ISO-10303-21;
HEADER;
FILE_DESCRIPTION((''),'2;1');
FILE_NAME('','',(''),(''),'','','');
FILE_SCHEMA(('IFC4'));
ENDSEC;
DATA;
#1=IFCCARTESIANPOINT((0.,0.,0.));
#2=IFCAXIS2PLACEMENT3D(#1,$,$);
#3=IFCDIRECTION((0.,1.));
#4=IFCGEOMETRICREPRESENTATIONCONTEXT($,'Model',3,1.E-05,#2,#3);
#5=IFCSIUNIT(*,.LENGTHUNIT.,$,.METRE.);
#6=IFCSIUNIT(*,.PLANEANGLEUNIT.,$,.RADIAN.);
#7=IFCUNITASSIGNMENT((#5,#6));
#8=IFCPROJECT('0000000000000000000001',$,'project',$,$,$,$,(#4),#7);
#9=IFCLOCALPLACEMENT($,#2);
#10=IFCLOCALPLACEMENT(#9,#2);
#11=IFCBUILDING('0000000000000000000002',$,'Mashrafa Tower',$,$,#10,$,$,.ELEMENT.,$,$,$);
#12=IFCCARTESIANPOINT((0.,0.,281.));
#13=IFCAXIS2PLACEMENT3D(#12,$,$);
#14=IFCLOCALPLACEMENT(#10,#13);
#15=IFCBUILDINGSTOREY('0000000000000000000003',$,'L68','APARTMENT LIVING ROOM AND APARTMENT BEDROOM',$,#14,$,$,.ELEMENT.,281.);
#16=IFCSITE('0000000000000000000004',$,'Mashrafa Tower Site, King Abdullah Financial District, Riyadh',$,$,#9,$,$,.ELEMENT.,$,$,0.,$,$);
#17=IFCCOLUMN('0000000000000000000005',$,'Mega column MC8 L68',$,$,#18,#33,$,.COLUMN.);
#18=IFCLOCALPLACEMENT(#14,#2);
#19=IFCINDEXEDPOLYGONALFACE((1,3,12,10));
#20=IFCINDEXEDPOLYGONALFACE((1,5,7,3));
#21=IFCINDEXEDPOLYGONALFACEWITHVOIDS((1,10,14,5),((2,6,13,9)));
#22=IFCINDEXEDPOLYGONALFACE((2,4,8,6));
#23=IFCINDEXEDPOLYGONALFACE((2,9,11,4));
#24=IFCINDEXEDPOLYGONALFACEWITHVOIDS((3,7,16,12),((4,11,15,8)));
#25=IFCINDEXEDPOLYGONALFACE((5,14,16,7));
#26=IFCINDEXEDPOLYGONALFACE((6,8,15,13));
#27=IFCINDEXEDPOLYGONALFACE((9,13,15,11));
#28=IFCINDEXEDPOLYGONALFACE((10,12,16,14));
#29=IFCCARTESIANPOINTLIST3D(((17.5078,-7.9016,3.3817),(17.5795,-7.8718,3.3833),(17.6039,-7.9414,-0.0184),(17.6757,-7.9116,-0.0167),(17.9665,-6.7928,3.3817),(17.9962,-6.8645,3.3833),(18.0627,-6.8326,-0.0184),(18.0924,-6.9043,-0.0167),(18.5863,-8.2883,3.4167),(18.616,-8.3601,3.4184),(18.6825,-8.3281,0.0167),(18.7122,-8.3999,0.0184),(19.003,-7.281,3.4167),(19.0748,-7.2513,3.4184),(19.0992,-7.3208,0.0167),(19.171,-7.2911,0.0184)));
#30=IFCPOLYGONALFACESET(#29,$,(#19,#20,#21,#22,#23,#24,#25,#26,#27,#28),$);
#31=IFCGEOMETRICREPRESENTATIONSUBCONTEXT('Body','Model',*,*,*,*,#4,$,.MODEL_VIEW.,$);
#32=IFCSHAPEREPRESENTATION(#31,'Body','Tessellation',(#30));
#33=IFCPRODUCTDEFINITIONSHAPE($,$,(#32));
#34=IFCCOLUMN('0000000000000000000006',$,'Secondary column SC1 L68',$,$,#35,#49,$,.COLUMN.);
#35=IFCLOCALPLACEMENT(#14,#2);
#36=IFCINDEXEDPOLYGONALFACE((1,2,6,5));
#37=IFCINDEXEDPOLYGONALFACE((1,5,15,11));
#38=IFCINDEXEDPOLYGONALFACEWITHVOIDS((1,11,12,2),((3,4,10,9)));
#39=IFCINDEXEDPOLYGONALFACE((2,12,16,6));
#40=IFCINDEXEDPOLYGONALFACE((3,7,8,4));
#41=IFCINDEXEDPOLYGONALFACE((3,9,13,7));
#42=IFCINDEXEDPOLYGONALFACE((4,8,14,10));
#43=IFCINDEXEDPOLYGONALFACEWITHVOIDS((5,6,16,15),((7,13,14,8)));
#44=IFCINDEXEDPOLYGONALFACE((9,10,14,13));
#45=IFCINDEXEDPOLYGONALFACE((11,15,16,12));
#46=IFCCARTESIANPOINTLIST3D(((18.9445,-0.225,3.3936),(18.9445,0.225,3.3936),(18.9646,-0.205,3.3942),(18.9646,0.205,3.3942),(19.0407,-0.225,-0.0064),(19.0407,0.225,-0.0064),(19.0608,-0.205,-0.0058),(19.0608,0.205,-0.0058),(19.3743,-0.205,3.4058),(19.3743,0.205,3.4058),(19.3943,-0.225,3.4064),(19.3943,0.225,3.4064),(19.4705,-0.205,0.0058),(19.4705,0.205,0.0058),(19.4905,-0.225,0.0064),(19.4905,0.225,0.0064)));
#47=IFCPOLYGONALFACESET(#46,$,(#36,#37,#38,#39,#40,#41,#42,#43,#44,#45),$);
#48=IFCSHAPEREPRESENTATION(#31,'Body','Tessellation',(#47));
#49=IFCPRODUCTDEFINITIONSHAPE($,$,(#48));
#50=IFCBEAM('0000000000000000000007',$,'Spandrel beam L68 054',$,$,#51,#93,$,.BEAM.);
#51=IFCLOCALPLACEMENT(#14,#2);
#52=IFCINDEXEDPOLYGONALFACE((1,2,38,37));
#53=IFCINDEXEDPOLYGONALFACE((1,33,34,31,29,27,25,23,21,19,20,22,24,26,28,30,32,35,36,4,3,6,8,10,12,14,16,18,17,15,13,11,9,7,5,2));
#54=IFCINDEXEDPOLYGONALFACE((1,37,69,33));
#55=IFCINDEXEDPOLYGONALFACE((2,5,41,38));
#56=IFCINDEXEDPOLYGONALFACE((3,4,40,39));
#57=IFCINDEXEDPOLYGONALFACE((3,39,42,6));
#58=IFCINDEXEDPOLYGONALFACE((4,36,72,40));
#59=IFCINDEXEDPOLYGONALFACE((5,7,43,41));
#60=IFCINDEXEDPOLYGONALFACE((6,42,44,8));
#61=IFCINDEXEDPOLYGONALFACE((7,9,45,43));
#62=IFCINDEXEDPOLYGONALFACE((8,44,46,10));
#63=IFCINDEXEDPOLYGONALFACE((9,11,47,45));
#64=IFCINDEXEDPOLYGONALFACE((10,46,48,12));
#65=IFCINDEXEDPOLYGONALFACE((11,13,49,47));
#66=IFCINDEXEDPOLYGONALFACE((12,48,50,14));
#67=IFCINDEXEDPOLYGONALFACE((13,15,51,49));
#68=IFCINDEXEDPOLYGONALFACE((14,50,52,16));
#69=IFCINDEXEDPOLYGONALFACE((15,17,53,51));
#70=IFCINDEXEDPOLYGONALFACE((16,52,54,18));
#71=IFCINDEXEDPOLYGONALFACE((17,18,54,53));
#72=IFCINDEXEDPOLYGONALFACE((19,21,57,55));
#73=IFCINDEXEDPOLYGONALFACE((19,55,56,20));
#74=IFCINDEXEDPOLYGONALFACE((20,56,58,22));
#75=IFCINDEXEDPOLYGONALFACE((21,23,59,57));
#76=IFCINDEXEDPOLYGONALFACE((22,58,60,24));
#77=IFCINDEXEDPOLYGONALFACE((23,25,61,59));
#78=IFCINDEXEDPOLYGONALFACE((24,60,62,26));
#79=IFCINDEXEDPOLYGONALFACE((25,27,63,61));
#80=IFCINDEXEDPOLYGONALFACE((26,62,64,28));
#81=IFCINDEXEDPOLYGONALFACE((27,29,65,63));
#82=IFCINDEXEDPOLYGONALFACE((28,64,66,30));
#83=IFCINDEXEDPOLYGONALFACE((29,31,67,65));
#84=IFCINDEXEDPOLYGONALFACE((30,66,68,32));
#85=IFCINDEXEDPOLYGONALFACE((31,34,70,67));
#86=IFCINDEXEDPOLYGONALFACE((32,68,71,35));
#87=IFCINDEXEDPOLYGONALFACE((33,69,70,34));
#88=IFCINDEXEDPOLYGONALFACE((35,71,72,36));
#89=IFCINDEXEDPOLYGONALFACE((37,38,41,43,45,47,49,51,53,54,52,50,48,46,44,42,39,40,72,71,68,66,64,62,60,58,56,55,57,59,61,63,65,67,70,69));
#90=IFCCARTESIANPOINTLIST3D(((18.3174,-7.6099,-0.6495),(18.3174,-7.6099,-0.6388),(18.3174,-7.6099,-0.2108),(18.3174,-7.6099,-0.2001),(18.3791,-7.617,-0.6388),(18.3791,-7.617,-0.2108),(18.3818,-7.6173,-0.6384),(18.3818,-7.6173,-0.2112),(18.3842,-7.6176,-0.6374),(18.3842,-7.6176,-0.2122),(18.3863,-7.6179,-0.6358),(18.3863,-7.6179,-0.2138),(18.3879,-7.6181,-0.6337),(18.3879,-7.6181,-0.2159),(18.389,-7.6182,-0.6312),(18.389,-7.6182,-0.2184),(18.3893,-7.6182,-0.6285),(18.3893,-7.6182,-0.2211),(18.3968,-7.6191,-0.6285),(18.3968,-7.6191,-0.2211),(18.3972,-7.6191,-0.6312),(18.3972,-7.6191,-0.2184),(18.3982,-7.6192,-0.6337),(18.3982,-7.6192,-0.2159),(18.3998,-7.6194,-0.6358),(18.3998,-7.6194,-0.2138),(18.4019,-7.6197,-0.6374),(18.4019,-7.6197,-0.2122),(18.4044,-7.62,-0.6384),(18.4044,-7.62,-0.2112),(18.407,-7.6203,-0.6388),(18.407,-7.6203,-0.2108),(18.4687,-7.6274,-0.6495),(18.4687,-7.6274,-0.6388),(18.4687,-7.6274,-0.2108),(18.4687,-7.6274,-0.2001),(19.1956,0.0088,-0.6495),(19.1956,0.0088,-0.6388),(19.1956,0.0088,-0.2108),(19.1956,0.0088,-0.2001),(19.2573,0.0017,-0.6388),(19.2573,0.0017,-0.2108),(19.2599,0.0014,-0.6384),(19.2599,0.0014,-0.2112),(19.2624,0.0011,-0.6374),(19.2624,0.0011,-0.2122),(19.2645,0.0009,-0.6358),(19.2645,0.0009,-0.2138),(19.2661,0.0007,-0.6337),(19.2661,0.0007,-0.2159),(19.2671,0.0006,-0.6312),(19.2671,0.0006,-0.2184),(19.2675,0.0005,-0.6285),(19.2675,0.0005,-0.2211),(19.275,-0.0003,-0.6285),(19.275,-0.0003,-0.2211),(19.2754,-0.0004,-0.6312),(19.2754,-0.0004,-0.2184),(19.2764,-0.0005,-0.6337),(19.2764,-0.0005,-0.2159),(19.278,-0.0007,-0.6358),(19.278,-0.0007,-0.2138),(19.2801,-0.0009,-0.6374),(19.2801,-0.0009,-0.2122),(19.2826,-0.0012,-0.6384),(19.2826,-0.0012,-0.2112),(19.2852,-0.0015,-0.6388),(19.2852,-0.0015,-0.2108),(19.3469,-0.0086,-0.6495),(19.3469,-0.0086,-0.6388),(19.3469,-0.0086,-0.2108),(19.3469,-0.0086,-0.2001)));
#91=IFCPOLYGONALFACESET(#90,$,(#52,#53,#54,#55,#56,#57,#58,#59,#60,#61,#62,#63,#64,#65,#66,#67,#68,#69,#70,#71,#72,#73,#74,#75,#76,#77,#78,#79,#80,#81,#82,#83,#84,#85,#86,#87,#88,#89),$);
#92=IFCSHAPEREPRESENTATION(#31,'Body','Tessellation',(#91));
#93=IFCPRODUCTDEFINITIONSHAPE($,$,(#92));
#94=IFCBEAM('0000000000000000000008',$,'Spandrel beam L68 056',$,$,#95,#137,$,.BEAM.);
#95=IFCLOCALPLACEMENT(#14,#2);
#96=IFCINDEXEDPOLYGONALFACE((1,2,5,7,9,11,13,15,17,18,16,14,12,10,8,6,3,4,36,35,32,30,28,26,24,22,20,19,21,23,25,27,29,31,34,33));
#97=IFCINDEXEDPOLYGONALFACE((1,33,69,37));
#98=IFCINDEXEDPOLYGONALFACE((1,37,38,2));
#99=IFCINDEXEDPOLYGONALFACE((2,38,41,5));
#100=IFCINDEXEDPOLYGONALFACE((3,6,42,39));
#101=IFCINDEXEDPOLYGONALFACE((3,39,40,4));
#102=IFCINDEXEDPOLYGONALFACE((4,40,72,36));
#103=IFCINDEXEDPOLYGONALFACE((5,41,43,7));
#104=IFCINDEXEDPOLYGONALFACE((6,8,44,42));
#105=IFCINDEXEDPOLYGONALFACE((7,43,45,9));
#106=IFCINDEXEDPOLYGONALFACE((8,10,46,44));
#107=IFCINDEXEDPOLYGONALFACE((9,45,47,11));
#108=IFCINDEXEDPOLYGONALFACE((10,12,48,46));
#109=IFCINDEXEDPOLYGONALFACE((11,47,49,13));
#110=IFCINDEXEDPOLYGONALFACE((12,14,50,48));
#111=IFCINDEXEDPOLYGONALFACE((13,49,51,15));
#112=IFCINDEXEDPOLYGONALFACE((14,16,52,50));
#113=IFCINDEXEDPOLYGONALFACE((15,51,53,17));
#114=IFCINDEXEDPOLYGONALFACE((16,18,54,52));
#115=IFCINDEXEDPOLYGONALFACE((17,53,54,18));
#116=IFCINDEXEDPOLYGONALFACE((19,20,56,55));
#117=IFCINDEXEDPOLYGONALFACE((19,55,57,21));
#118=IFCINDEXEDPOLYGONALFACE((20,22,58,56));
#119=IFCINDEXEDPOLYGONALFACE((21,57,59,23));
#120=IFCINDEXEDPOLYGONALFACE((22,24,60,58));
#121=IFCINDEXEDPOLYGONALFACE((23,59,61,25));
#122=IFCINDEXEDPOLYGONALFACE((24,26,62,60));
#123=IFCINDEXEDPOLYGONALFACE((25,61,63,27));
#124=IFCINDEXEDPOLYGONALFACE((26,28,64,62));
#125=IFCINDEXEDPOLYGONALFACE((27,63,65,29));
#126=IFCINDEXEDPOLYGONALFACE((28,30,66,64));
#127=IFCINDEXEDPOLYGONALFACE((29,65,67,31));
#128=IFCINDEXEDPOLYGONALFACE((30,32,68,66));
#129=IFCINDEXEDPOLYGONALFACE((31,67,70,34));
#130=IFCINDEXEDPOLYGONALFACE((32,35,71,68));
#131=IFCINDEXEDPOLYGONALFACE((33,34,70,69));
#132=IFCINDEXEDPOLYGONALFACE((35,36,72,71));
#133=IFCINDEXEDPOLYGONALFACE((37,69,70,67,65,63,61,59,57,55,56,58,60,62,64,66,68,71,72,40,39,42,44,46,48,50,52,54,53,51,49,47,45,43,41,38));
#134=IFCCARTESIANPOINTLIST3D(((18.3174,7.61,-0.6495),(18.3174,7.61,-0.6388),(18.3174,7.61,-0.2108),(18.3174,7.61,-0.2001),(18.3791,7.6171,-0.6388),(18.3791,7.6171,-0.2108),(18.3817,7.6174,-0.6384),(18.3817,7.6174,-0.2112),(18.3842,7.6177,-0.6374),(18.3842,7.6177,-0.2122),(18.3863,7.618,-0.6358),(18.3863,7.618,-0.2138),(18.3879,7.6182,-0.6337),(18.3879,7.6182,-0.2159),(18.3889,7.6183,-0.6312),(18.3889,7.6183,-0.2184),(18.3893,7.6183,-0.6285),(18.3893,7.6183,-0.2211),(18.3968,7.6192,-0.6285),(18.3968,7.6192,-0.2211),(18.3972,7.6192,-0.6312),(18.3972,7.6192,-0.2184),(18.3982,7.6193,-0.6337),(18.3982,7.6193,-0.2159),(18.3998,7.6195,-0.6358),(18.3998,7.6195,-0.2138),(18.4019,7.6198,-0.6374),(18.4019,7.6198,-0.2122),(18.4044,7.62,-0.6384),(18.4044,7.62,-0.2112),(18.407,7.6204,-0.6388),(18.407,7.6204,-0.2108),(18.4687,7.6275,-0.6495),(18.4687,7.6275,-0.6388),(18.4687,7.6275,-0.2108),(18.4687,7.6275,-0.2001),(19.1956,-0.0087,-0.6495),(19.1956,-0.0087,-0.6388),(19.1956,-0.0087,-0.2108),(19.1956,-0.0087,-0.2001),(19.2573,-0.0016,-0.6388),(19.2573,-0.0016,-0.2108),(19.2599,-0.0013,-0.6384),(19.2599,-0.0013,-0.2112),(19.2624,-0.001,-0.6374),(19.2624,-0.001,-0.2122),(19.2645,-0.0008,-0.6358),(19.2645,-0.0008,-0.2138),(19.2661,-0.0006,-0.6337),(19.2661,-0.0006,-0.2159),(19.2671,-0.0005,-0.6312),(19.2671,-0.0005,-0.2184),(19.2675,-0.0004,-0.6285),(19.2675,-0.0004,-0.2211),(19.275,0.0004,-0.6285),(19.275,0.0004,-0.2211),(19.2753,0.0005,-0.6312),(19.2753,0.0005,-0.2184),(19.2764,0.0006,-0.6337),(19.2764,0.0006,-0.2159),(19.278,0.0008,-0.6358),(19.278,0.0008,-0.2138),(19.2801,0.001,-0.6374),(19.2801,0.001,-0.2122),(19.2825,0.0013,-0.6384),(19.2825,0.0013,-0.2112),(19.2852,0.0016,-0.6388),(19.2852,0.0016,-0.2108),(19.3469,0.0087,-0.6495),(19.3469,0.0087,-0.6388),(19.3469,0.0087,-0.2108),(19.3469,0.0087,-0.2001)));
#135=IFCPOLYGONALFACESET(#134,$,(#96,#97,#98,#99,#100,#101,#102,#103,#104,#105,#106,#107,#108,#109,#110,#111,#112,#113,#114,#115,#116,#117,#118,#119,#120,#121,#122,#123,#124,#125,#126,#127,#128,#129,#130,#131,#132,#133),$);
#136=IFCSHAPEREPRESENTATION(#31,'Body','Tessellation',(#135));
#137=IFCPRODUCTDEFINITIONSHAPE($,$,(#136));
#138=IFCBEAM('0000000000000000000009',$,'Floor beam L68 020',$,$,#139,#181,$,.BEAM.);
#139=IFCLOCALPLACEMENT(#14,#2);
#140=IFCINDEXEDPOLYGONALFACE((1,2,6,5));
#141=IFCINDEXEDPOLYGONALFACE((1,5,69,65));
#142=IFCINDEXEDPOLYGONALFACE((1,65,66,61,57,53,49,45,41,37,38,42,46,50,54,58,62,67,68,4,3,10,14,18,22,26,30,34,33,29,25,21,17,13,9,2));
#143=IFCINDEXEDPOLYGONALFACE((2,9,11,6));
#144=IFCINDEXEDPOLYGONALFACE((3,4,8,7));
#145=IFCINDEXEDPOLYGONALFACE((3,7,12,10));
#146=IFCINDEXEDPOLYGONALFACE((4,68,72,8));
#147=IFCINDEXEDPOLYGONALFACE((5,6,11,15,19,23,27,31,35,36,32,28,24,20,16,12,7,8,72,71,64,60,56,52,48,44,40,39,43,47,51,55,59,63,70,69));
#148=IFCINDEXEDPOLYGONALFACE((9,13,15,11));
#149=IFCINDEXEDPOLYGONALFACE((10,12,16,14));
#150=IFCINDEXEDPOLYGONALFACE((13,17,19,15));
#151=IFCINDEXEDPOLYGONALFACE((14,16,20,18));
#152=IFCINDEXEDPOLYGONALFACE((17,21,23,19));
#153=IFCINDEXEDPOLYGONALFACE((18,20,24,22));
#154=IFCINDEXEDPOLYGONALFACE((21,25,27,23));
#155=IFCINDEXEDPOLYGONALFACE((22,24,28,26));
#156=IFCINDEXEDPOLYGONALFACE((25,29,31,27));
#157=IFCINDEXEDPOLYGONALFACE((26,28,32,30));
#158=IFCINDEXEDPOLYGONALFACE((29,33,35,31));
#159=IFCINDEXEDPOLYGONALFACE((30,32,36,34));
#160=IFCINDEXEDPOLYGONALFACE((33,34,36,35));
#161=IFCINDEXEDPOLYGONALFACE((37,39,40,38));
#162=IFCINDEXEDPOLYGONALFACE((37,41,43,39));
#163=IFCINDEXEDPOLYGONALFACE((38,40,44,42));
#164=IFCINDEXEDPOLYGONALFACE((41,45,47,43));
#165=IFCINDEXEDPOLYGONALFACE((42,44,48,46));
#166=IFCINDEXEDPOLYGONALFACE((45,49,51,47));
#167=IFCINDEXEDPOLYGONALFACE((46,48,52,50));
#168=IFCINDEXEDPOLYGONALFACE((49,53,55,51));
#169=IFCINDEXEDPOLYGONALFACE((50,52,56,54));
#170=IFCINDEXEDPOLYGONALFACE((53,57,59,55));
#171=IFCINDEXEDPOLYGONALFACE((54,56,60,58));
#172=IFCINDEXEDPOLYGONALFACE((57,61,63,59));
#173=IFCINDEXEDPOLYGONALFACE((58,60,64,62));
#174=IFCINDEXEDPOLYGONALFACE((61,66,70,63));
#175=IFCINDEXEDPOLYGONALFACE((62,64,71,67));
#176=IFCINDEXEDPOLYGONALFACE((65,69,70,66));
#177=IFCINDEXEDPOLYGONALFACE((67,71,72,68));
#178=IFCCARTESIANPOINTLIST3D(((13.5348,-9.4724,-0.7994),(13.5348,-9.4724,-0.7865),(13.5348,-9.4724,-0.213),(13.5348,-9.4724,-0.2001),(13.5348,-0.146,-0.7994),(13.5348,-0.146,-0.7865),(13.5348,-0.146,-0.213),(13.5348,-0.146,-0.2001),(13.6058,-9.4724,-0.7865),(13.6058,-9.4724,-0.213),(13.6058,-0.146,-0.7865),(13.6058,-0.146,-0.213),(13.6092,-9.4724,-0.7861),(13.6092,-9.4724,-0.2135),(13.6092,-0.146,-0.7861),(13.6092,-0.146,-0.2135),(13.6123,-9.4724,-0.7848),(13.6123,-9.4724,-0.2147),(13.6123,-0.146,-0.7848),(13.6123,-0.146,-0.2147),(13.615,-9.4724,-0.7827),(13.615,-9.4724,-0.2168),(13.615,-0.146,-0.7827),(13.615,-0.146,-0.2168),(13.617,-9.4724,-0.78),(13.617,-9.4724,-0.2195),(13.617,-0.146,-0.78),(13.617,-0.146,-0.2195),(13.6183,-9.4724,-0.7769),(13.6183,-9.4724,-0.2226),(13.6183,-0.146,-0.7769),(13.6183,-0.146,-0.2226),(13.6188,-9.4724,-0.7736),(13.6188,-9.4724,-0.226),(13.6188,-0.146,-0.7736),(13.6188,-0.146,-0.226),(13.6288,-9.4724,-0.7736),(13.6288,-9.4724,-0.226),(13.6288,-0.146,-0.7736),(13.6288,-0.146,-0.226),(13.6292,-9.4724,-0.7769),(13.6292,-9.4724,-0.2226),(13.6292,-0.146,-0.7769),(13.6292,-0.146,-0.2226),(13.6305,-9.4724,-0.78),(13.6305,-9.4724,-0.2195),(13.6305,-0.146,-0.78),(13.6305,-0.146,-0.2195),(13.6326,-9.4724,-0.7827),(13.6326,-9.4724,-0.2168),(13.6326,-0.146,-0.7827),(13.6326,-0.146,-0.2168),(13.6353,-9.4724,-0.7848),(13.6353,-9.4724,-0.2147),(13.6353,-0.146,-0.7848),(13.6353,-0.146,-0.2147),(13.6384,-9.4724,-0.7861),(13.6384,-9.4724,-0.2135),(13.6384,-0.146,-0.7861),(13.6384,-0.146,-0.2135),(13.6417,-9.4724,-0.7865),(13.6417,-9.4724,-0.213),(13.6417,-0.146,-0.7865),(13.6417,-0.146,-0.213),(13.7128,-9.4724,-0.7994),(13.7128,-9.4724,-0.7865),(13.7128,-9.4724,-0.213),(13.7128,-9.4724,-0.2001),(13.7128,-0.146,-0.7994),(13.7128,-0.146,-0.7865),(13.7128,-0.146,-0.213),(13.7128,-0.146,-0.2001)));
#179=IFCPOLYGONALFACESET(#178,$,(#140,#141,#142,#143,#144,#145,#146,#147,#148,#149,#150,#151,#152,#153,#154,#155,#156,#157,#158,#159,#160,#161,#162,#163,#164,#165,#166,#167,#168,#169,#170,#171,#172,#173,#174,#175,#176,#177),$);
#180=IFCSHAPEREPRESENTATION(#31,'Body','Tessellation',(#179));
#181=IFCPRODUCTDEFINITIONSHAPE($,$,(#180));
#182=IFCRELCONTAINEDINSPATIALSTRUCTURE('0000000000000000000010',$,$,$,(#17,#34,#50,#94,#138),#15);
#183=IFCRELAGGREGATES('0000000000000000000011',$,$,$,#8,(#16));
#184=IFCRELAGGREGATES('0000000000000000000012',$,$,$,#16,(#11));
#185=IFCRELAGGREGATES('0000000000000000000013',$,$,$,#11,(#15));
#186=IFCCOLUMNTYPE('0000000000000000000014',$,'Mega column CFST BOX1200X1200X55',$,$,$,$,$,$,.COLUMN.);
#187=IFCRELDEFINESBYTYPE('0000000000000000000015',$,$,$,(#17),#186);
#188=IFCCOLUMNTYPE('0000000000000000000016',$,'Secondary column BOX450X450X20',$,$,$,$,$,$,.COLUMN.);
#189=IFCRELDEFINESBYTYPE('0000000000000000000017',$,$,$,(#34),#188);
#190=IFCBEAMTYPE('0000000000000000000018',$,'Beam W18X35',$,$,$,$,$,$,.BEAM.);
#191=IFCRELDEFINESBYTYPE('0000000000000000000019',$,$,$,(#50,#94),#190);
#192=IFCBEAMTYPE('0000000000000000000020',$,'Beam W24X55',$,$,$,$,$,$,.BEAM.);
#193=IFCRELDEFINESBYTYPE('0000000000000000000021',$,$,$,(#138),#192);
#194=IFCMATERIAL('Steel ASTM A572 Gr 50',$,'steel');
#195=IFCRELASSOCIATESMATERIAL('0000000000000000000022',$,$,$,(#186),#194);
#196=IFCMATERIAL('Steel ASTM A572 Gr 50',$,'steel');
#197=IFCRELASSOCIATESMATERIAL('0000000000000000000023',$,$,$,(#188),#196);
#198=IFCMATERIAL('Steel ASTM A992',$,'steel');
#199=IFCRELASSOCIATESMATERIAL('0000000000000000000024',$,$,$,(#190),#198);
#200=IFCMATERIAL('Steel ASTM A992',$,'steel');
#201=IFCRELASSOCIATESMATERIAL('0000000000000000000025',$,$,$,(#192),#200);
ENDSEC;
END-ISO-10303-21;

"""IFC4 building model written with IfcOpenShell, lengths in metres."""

from ifc_helpers import new_model, si_unit, direction, frame, origin, origin_2d, place, context, subcontext, project, spatial, hollow_rectangle, i_section, extrude, material, material_profile, profile_set, type_object, element, save


model = new_model("IFC4")

# Units and contexts
model_context = context("Model", 3, precision=1e-05, world=origin(), true_north=direction((0.0, 1.0)))
body_context = subcontext(model_context, "Body", "Model", "MODEL_VIEW")
ifc_project = project(units=[si_unit("LENGTHUNIT", "METRE"), si_unit("PLANEANGLEUNIT", "RADIAN")], contexts=[model_context])

# Site, building, storey
site_placement = place(None, origin())
site = spatial("IfcSite", under=ifc_project, at=site_placement, Name="Mashrafa Tower Site, King Abdullah Financial District, Riyadh", CompositionType="ELEMENT", RefElevation=0.0)
building_placement = place(site_placement, origin())
building = spatial("IfcBuilding", under=site, at=building_placement, Name="Mashrafa Tower", CompositionType="ELEMENT")
storey_placement = place(building_placement, frame((0.0, 0.0, 281.0)))
storey = spatial("IfcBuildingStorey", under=building, at=storey_placement, Name="L68", Description="APARTMENT LIVING ROOM AND APARTMENT BEDROOM", CompositionType="ELEMENT", Elevation=281.0)

# Columns
ifc_material_1 = material(Name="Steel ASTM A572 Gr 50", Category="steel")
ifc_material_profile_1 = material_profile(ifc_material_1, hollow_rectangle(XDim=1.2, YDim=1.2, WallThickness=0.0549, at=origin_2d()), Name="BOX1200X1200X55")
ifc_profile_set_1 = profile_set([ifc_material_profile_1], Name="Steel ASTM A572 Gr 50")
column_type_1 = type_object("IfcColumnType", Name="Mega column CFST BOX1200X1200X55", PredefinedType="COLUMN", material=ifc_profile_set_1)
column_1_placement = place(storey_placement, frame((18.3875, -7.6162, 0.0), z_axis=(-0.028279, 0.011699, 0.999532), x_axis=(-0.382283, -0.924045, 0.0)))
element("IfcColumn", 1, at=column_1_placement, inside=storey, type_object=column_type_1, Name="Mega column MC8 L68", PredefinedType="COLUMN", context=body_context, shape_type="SweptSolid", body=[
    extrude(hollow_rectangle(XDim=1.2, YDim=1.2, WallThickness=0.0549, at=origin_2d()), origin(), (0.0, 0.0, 1.0), 3.4016),
])
ifc_material_2 = material(Name="Steel ASTM A572 Gr 50", Category="steel")
ifc_material_profile_2 = material_profile(ifc_material_2, hollow_rectangle(XDim=0.45, YDim=0.45, WallThickness=0.02, at=origin_2d()), Name="BOX450X450X20")
ifc_profile_set_2 = profile_set([ifc_material_profile_2], Name="Steel ASTM A572 Gr 50")
column_type_2 = type_object("IfcColumnType", Name="Secondary column BOX450X450X20", PredefinedType="COLUMN", material=ifc_profile_set_2)
column_2_placement = place(storey_placement, frame((19.2656, 0.0, 0.0), z_axis=(-0.028281, 0.0, 0.9996), x_axis=(0.0, -1.0, 0.0)))
element("IfcColumn", 2, at=column_2_placement, inside=storey, type_object=column_type_2, Name="Secondary column SC1 L68", PredefinedType="COLUMN", context=body_context, shape_type="SweptSolid", body=[
    extrude(hollow_rectangle(XDim=0.45, YDim=0.45, WallThickness=0.02, at=origin_2d()), origin(), (0.0, 0.0, 1.0), 3.4014),
])

# Beams
ifc_material_3 = material(Name="Steel ASTM A992", Category="steel")
ifc_material_profile_3 = material_profile(ifc_material_3, i_section(OverallWidth=0.1523, OverallDepth=0.4495, WebThickness=0.0076, FlangeThickness=0.0107, FilletRadius=0.0103, at=origin_2d()), Name="W18X35")
ifc_profile_set_3 = profile_set([ifc_material_profile_3], Name="Steel ASTM A992")
beam_type_1 = type_object("IfcBeamType", Name="Beam W18X35", PredefinedType="BEAM", material=ifc_profile_set_3)
for number, where, z_axis, x_axis, name in (
    (3, (18.3931, -7.6187, -0.4248), (0.114508, 0.993422, 0.0), (-0.993422, 0.114508, 0.0), "Spandrel beam L68 054"),
    (4, (19.2712, 0.0, -0.4248), (-0.114508, 0.993422, 0.0), (-0.993422, -0.114508, 0.0), "Spandrel beam L68 056"),
):
    element("IfcBeam", number, at=place(storey_placement, frame(where, z_axis=z_axis, x_axis=x_axis)), inside=storey, type_object=beam_type_1, Name=name, PredefinedType="BEAM", context=body_context, shape_type="SweptSolid", body=[
        extrude(i_section(OverallWidth=0.1523, OverallDepth=0.4495, WebThickness=0.0076, FlangeThickness=0.0107, FilletRadius=0.0103, at=origin_2d()), origin(), (0.0, 0.0, 1.0), 7.6692),
    ])
ifc_material_4 = material(Name="Steel ASTM A992", Category="steel")
ifc_material_profile_4 = material_profile(ifc_material_4, i_section(OverallWidth=0.178, OverallDepth=0.5994, WebThickness=0.01, FlangeThickness=0.0129, FilletRadius=0.0129, at=origin_2d()), Name="W24X55")
ifc_profile_set_4 = profile_set([ifc_material_profile_4], Name="Steel ASTM A992")
beam_type_2 = type_object("IfcBeamType", Name="Beam W24X55", PredefinedType="BEAM", material=ifc_profile_set_4)
beam_1_placement = place(storey_placement, frame((13.6238, -0.146, -0.4998), z_axis=(0.0, -1.0, 0.0), x_axis=(1.0, 0.0, 0.0)))
element("IfcBeam", 5, at=beam_1_placement, inside=storey, type_object=beam_type_2, Name="Floor beam L68 020", PredefinedType="BEAM", context=body_context, shape_type="SweptSolid", body=[
    extrude(i_section(OverallWidth=0.178, OverallDepth=0.5994, WebThickness=0.01, FlangeThickness=0.0129, FilletRadius=0.0129, at=origin_2d()), origin(), (0.0, 0.0, 1.0), 9.3264),
])

save(model, "model.ifc")
